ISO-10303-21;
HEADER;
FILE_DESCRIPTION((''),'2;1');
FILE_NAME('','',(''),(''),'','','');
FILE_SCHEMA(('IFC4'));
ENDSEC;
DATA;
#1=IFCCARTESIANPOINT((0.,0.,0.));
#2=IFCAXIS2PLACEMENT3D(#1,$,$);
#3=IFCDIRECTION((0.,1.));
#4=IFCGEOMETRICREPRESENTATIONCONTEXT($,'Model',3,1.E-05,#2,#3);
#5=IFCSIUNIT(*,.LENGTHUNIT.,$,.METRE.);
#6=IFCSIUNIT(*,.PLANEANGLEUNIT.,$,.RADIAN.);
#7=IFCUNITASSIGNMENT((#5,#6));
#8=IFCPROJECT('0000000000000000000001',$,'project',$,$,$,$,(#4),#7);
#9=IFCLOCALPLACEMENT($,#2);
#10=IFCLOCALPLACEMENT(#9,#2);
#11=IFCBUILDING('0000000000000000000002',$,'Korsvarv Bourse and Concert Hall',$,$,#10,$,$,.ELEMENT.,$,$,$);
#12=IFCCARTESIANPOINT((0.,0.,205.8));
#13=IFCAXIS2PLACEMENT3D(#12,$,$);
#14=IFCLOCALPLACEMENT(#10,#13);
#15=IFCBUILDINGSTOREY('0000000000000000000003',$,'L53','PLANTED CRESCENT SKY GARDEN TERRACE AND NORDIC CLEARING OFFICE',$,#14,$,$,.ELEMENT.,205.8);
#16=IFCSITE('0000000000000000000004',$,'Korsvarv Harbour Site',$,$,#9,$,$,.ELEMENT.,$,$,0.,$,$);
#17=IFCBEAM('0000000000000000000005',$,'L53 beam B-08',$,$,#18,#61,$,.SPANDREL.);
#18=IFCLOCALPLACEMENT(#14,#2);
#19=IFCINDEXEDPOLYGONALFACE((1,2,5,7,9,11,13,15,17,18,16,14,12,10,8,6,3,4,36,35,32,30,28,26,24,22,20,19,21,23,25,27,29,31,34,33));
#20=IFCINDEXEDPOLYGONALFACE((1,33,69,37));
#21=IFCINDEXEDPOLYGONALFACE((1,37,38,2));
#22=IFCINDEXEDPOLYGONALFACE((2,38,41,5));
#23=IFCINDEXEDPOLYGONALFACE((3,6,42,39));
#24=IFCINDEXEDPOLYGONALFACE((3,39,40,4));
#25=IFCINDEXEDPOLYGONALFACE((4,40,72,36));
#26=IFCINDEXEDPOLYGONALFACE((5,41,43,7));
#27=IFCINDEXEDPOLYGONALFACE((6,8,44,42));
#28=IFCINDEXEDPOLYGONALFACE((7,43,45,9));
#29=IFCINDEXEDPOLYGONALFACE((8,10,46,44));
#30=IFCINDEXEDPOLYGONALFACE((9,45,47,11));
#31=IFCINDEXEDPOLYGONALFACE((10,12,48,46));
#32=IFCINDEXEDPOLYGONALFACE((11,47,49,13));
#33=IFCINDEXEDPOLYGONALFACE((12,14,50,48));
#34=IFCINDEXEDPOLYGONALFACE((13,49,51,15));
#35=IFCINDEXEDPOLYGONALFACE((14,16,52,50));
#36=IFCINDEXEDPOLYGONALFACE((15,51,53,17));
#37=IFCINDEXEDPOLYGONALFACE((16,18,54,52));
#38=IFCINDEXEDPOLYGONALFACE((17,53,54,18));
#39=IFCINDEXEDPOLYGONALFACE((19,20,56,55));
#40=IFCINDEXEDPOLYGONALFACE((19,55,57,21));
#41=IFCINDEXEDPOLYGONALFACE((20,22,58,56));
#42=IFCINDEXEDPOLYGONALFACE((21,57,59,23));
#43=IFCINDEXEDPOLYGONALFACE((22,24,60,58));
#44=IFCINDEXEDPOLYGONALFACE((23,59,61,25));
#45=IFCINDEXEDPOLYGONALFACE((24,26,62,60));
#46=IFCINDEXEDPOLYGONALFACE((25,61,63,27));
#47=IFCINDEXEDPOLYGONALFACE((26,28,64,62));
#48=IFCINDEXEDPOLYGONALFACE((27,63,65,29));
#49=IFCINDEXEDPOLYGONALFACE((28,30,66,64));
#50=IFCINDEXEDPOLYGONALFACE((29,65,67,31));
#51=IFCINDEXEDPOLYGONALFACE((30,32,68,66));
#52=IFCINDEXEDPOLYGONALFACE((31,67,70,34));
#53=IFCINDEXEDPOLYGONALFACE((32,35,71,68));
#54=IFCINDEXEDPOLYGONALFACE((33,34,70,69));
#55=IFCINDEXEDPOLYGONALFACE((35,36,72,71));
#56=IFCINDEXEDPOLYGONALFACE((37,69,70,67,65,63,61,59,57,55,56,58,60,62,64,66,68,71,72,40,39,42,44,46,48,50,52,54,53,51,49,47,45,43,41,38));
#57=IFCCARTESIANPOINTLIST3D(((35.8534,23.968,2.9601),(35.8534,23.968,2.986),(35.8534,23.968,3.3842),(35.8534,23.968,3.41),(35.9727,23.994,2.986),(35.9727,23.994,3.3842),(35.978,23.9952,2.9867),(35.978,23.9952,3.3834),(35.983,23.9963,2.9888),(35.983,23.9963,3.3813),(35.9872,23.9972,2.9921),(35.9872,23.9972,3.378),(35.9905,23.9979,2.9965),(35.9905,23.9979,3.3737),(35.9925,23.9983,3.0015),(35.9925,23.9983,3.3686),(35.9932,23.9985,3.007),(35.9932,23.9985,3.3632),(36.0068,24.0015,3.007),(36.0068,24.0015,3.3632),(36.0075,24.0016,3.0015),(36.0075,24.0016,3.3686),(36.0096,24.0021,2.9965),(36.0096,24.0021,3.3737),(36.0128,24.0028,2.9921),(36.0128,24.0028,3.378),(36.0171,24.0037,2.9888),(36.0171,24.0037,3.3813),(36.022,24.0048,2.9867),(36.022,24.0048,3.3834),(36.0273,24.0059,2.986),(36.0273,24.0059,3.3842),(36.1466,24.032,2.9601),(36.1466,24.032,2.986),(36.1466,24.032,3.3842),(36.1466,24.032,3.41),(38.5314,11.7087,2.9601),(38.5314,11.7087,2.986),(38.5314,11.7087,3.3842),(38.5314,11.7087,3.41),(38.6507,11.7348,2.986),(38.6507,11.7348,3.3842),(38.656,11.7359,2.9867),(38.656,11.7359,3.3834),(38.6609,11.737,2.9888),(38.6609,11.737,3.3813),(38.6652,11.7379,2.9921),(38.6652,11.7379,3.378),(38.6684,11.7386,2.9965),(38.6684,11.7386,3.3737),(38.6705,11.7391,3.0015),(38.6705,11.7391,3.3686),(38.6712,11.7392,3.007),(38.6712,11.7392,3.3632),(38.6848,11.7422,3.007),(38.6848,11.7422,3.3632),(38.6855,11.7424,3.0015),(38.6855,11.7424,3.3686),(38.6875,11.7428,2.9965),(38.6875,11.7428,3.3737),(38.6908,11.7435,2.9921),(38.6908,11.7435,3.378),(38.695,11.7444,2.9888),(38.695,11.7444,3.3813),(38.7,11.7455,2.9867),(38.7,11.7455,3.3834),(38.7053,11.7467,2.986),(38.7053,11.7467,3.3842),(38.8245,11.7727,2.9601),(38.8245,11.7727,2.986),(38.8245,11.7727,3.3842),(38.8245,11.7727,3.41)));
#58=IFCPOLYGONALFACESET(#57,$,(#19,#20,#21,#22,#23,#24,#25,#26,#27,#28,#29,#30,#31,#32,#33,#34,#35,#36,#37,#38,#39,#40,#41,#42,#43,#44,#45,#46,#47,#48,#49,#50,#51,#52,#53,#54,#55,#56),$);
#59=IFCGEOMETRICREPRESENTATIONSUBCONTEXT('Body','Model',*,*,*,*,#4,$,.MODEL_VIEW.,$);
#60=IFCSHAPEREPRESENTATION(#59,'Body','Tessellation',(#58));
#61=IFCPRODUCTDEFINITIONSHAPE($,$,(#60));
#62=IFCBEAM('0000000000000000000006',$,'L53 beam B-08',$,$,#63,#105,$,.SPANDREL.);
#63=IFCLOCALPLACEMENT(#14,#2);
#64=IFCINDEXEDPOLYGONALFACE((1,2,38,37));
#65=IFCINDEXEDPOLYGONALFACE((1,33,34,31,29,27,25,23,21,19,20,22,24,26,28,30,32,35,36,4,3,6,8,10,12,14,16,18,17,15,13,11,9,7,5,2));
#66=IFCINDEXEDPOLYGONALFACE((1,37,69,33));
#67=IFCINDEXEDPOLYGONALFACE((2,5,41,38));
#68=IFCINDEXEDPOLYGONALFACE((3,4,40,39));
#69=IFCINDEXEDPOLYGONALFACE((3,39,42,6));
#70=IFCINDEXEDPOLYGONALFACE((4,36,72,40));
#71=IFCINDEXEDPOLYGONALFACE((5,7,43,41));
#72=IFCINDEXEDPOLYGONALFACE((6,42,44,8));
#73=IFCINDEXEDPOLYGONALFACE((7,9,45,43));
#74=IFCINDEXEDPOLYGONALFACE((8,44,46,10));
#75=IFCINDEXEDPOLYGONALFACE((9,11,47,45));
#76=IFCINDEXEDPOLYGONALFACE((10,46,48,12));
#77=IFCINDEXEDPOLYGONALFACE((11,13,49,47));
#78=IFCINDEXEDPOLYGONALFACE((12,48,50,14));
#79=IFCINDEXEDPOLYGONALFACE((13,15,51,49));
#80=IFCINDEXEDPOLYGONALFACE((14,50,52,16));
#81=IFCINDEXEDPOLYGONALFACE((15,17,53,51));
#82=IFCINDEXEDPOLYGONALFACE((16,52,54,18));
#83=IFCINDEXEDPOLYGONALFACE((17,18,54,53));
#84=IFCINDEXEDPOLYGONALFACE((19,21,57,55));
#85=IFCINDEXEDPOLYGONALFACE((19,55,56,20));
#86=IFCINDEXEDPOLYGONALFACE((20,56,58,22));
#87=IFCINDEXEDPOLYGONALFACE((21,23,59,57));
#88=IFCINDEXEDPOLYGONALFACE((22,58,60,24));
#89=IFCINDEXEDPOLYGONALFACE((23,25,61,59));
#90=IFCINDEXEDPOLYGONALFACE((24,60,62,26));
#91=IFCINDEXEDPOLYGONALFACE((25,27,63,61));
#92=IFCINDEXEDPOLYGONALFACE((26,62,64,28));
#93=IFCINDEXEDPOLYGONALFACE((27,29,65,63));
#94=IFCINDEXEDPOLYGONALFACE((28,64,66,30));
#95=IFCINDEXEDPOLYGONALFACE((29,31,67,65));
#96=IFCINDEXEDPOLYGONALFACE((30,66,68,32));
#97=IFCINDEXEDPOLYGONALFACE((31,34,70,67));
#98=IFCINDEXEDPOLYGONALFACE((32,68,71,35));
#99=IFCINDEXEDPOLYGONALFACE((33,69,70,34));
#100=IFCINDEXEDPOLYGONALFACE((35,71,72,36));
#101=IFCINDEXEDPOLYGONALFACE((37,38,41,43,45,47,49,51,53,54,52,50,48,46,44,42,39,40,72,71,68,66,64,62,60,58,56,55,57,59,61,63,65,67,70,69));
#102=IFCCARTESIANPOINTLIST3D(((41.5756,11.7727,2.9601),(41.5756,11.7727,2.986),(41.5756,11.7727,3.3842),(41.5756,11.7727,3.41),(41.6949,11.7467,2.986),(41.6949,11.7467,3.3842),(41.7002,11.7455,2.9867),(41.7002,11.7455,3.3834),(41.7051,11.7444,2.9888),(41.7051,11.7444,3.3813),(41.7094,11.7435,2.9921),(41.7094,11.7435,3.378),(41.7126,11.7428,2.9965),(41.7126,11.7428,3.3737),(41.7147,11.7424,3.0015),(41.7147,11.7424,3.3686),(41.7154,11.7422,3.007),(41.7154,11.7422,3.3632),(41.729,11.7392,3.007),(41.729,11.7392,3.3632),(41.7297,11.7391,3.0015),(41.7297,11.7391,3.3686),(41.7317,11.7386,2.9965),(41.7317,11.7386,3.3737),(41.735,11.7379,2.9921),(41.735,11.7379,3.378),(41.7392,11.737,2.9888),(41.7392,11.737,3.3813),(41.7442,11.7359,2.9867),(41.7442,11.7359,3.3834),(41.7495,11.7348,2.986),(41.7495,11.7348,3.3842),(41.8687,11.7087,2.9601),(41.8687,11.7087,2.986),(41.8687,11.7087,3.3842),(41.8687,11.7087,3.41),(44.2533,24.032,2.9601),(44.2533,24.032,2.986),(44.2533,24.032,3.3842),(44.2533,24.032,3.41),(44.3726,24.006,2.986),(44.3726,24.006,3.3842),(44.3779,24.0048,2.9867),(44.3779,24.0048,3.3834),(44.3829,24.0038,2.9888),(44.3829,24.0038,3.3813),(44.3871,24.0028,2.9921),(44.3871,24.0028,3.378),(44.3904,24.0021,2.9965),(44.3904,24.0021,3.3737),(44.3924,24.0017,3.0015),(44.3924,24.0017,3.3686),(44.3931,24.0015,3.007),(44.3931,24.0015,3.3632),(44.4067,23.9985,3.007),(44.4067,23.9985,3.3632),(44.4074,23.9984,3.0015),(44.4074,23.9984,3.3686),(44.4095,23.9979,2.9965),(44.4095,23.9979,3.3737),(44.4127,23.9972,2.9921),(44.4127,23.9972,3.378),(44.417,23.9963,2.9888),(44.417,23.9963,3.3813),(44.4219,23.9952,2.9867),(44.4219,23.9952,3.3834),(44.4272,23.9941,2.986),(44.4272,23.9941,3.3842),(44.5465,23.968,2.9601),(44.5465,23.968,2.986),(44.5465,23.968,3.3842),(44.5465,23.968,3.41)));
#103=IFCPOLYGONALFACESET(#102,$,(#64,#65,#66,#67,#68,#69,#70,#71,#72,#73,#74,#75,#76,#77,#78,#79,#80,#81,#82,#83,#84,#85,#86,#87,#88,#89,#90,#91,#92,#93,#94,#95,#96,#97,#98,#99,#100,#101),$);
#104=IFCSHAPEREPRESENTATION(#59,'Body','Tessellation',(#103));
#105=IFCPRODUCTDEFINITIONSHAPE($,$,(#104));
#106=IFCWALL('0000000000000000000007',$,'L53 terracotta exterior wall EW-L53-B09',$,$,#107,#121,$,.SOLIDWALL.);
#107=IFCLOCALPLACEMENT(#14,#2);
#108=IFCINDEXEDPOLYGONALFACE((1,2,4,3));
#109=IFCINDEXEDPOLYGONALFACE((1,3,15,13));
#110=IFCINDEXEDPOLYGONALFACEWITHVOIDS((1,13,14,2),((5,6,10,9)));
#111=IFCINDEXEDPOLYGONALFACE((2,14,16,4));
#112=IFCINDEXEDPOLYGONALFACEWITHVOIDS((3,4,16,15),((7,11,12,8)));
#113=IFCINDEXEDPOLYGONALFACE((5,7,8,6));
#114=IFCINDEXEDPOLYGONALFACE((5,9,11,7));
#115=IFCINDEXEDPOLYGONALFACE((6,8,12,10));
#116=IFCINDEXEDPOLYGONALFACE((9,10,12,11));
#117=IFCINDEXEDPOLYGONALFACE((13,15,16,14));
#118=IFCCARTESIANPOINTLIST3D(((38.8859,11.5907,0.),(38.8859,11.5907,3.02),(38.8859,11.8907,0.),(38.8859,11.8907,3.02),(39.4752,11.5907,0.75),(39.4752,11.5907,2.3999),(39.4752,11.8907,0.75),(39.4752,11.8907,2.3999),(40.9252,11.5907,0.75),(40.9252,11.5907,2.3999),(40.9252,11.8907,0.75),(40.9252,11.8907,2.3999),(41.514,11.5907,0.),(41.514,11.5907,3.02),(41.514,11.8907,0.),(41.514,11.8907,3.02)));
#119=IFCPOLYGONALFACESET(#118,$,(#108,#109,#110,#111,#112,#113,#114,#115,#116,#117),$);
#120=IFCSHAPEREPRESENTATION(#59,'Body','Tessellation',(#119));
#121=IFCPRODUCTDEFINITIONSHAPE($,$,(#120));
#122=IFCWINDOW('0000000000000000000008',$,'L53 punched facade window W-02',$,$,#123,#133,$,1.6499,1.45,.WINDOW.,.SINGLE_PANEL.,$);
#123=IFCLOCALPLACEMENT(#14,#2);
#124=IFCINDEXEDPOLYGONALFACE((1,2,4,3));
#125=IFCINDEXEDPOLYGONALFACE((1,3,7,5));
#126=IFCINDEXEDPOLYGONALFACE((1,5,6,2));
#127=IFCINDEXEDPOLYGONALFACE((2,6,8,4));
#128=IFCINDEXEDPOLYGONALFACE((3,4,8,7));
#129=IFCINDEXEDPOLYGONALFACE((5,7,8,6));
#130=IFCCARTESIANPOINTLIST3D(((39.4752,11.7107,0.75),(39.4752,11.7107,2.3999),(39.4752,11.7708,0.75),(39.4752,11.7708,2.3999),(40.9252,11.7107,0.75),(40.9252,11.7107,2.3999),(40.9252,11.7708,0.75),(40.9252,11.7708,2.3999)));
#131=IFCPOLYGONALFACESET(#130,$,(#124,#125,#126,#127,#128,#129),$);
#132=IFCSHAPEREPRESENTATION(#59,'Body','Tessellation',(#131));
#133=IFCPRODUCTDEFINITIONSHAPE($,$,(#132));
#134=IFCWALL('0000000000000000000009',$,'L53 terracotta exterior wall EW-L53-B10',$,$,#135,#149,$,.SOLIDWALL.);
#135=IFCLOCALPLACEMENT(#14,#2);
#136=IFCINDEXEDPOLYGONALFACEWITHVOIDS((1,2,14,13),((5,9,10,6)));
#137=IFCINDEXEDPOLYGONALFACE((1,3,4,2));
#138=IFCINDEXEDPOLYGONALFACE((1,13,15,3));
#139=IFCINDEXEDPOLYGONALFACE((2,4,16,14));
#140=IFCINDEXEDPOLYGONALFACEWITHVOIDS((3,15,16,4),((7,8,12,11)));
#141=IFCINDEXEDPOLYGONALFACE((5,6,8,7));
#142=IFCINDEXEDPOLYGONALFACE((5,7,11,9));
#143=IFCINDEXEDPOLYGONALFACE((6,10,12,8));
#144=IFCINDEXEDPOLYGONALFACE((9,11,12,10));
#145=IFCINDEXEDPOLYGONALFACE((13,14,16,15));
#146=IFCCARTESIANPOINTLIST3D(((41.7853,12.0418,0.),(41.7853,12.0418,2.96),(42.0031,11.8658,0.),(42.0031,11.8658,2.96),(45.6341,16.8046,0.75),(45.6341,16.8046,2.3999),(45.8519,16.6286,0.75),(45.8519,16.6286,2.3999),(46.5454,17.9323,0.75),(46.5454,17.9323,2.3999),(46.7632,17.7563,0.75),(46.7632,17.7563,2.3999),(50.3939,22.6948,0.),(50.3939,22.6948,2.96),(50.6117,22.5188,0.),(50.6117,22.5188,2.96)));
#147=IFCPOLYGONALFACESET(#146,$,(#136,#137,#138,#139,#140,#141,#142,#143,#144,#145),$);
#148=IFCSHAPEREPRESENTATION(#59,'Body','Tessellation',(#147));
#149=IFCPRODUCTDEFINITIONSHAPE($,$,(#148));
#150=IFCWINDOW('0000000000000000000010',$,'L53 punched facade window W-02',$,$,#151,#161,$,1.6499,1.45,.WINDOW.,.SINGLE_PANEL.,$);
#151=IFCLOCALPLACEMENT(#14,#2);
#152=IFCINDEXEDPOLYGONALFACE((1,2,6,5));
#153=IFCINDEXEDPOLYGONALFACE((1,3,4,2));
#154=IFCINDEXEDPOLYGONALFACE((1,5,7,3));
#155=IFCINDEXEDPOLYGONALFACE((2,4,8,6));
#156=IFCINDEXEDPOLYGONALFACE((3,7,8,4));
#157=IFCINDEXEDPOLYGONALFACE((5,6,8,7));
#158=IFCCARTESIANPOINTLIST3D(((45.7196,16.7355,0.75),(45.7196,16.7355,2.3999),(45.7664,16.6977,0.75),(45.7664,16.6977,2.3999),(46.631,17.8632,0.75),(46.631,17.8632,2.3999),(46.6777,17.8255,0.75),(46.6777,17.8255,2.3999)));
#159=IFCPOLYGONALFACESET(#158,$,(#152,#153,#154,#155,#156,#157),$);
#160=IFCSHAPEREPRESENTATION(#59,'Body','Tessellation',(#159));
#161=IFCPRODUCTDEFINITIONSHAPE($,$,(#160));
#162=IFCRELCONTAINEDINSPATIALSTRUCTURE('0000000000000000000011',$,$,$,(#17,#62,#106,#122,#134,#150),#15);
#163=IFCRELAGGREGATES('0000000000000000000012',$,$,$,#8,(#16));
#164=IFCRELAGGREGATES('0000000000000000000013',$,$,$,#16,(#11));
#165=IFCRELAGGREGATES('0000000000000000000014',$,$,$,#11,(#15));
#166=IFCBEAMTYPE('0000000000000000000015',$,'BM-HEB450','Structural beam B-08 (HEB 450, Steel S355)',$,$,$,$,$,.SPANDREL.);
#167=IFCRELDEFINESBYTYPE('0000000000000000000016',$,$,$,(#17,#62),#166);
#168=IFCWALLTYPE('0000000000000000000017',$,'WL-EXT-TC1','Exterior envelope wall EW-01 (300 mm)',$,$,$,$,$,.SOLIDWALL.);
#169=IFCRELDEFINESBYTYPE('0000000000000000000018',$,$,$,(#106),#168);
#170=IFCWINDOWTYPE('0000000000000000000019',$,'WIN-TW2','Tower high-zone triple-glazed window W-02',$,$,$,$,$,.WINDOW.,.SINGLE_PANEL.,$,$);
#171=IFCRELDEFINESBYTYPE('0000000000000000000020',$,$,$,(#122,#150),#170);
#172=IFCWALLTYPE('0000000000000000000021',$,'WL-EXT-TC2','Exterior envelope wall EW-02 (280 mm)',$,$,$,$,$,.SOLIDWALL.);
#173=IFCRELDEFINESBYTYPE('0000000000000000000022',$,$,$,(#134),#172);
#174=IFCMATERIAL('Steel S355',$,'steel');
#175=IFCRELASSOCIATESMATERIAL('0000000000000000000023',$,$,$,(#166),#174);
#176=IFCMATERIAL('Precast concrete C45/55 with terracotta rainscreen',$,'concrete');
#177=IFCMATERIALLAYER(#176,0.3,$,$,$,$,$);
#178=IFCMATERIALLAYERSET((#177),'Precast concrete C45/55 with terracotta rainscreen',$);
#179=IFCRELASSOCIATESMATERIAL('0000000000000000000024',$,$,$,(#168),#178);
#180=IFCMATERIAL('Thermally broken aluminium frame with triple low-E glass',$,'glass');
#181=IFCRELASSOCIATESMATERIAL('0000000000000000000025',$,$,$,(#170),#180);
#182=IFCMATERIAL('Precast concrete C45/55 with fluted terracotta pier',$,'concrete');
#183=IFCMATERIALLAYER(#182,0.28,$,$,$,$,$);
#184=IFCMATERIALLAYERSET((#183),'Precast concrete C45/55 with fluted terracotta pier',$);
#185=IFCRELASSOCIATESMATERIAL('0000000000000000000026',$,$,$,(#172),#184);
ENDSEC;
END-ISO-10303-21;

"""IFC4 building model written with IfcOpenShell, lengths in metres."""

from ifc_helpers import new_model, si_unit, direction, frame, frame_2d, origin, origin_2d, place, context, subcontext, project, spatial, rectangle, i_section, extrude, source, transform, mapped, material, layer, layer_set, material_profile, profile_set, type_object, element, fill, save


model = new_model("IFC4")

# Units and contexts
model_context = context("Model", 3, precision=1e-05, world=origin(), true_north=direction((0.0, 1.0)))
body_context = subcontext(model_context, "Body", "Model", "MODEL_VIEW")
ifc_project = project(units=[si_unit("LENGTHUNIT", "METRE"), si_unit("PLANEANGLEUNIT", "RADIAN")], contexts=[model_context])

# Site, building, storey
site_placement = place(None, origin())
site = spatial("IfcSite", under=ifc_project, at=site_placement, Name="Korsvarv Harbour Site", CompositionType="ELEMENT", RefElevation=0.0)
building_placement = place(site_placement, origin())
building = spatial("IfcBuilding", under=site, at=building_placement, Name="Korsvarv Bourse and Concert Hall", CompositionType="ELEMENT")
storey_placement = place(building_placement, frame((0.0, 0.0, 205.8)))
storey = spatial("IfcBuildingStorey", under=building, at=storey_placement, Name="L53", Description="PLANTED CRESCENT SKY GARDEN TERRACE AND NORDIC CLEARING OFFICE", CompositionType="ELEMENT", Elevation=205.8)

# Shared definitions
ifc_material_1 = material(Name="Steel S355", Category="steel")

# Beams
ifc_material_profile_1 = material_profile(ifc_material_1, i_section(OverallWidth=0.3, OverallDepth=0.45, WebThickness=0.0139, FlangeThickness=0.0259, FilletRadius=0.021, at=origin_2d()), Name="HEB 450")
ifc_profile_set_1 = profile_set([ifc_material_profile_1], Name="Steel S355")
beam_type_1 = type_object("IfcBeamType", Name="BM-HEB450", Description="Structural beam B-08 (HEB 450, Steel S355)", PredefinedType="SPANDREL", material=ifc_profile_set_1)
shared_shape_1 = source(origin(), body_context, "Body", "SweptSolid", [
    extrude(i_section(OverallWidth=0.3, OverallDepth=0.45, WebThickness=0.0139, FlangeThickness=0.0259, FilletRadius=0.021, at=origin_2d()), origin(), (0.0, 0.0, 1.0), 12.5483),
])
for number, where, z_axis, x_axis, name in (
    (1, (38.678, 11.7407, 3.1851), (-0.213413, 0.976962, 0.0), (-0.976962, -0.213413, 0.0), "L53 beam B-08"),
    (2, (41.7222, 11.7407, 3.1851), (0.213394, 0.976966, 0.0), (-0.976966, 0.213394, 0.0), "L53 beam B-08"),
):
    element("IfcBeam", number, at=place(storey_placement, frame(where, z_axis=z_axis, x_axis=x_axis)), inside=storey, type_object=beam_type_1, Name=name, PredefinedType="SPANDREL", context=body_context, shape_type="MappedRepresentation", body=[
        mapped(shared_shape_1, transform((0.0, 0.0, 0.0), scale=1.0)),
    ])

# Walls, openings, windows
ifc_material_2 = material(Name="Precast concrete C45/55 with terracotta rainscreen", Category="concrete")
ifc_layer_1 = layer(ifc_material_2, 0.3)
ifc_layer_set_1 = layer_set([ifc_layer_1], Name="Precast concrete C45/55 with terracotta rainscreen")
wall_type_1 = type_object("IfcWallType", Name="WL-EXT-TC1", Description="Exterior envelope wall EW-01 (300 mm)", PredefinedType="SOLIDWALL", material=ifc_layer_set_1)
wall_1_placement = place(storey_placement, frame((38.886, 11.7407, 0.0), z_axis=(0.0, 0.0, 1.0), x_axis=(1.0, 0.0, 0.0)))
wall_1 = element("IfcWall", 3, at=wall_1_placement, inside=storey, type_object=wall_type_1, Name="L53 terracotta exterior wall EW-L53-B09", PredefinedType="SOLIDWALL", context=body_context, shape_type="SweptSolid", body=[
    extrude(rectangle(XDim=2.6282, YDim=0.3, at=frame_2d((1.314, 0.0))), origin(), (0.0, 0.0, 1.0), 3.02),
])
opening_1_placement = place(wall_1_placement, frame((0.5891, 0.0, 0.75)))
opening_1 = element("IfcOpeningElement", 4, at=opening_1_placement, cuts=wall_1, PredefinedType="OPENING", context=body_context, shape_type="SweptSolid", body=[
    extrude(rectangle(XDim=1.45, YDim=1.6499, at=frame_2d((0.7251, 0.825))), frame((0.0, 0.1602, 0.0), z_axis=(0.0, -1.0, 0.0), x_axis=(1.0, 0.0, 0.0)), (0.0, 0.0, 1.0), 0.3201),
])
ifc_material_3 = material(Name="Thermally broken aluminium frame with triple low-E glass", Category="glass")
window_type = type_object("IfcWindowType", Name="WIN-TW2", Description="Tower high-zone triple-glazed window W-02", PartitioningType="SINGLE_PANEL", PredefinedType="WINDOW", material=ifc_material_3)
window_1_placement = place(opening_1_placement, origin())
window_1 = element("IfcWindow", 5, at=window_1_placement, inside=storey, type_object=window_type, Name="L53 punched facade window W-02", OverallHeight=1.6499, OverallWidth=1.45, PartitioningType="SINGLE_PANEL", PredefinedType="WINDOW", context=body_context, shape_type="SweptSolid", body=[
    extrude(rectangle(XDim=1.45, YDim=1.6499, at=frame_2d((0.7251, 0.825))), frame((0.0, 0.03, 0.0), z_axis=(0.0, -1.0, 0.0), x_axis=(1.0, 0.0, 0.0)), (0.0, 0.0, 1.0), 0.0601),
])
fill(opening_1, window_1)
ifc_material_4 = material(Name="Precast concrete C45/55 with fluted terracotta pier", Category="concrete")
ifc_layer_2 = layer(ifc_material_4, 0.28)
ifc_layer_set_2 = layer_set([ifc_layer_2], Name="Precast concrete C45/55 with fluted terracotta pier")
wall_type_2 = type_object("IfcWallType", Name="WL-EXT-TC2", Description="Exterior envelope wall EW-02 (280 mm)", PredefinedType="SOLIDWALL", material=ifc_layer_set_2)
wall_2_placement = place(storey_placement, frame((41.8943, 11.9539, 0.0), z_axis=(0.0, 0.0, 1.0), x_axis=(0.628524, 0.77779, 0.0)))
wall_2 = element("IfcWall", 6, at=wall_2_placement, inside=storey, type_object=wall_type_2, Name="L53 terracotta exterior wall EW-L53-B10", PredefinedType="SOLIDWALL", context=body_context, shape_type="SweptSolid", body=[
    extrude(rectangle(XDim=13.6965, YDim=0.28, at=frame_2d((6.8481, 0.0))), origin(), (0.0, 0.0, 1.0), 2.96),
])
opening_2_placement = place(wall_2_placement, frame((6.1233, 0.0, 0.75)))
opening_2 = element("IfcOpeningElement", 7, at=opening_2_placement, cuts=wall_2, PredefinedType="OPENING", context=body_context, shape_type="SweptSolid", body=[
    extrude(rectangle(XDim=1.45, YDim=1.6499, at=frame_2d((0.7251, 0.825))), frame((0.0, 0.1499, 0.0), z_axis=(0.0, -1.0, 0.0), x_axis=(1.0, 0.0, 0.0)), (0.0, 0.0, 1.0), 0.3),
])
window_2_placement = place(opening_2_placement, origin())
window_2 = element("IfcWindow", 8, at=window_2_placement, inside=storey, type_object=window_type, Name="L53 punched facade window W-02", OverallHeight=1.6499, OverallWidth=1.45, PartitioningType="SINGLE_PANEL", PredefinedType="WINDOW", context=body_context, shape_type="SweptSolid", body=[
    extrude(rectangle(XDim=1.45, YDim=1.6499, at=frame_2d((0.7251, 0.825))), frame((0.0, 0.03, 0.0), z_axis=(0.0, -1.0, 0.0), x_axis=(1.0, 0.0, 0.0)), (0.0, 0.0, 1.0), 0.0601),
])
fill(opening_2, window_2)

save(model, "model.ifc")
